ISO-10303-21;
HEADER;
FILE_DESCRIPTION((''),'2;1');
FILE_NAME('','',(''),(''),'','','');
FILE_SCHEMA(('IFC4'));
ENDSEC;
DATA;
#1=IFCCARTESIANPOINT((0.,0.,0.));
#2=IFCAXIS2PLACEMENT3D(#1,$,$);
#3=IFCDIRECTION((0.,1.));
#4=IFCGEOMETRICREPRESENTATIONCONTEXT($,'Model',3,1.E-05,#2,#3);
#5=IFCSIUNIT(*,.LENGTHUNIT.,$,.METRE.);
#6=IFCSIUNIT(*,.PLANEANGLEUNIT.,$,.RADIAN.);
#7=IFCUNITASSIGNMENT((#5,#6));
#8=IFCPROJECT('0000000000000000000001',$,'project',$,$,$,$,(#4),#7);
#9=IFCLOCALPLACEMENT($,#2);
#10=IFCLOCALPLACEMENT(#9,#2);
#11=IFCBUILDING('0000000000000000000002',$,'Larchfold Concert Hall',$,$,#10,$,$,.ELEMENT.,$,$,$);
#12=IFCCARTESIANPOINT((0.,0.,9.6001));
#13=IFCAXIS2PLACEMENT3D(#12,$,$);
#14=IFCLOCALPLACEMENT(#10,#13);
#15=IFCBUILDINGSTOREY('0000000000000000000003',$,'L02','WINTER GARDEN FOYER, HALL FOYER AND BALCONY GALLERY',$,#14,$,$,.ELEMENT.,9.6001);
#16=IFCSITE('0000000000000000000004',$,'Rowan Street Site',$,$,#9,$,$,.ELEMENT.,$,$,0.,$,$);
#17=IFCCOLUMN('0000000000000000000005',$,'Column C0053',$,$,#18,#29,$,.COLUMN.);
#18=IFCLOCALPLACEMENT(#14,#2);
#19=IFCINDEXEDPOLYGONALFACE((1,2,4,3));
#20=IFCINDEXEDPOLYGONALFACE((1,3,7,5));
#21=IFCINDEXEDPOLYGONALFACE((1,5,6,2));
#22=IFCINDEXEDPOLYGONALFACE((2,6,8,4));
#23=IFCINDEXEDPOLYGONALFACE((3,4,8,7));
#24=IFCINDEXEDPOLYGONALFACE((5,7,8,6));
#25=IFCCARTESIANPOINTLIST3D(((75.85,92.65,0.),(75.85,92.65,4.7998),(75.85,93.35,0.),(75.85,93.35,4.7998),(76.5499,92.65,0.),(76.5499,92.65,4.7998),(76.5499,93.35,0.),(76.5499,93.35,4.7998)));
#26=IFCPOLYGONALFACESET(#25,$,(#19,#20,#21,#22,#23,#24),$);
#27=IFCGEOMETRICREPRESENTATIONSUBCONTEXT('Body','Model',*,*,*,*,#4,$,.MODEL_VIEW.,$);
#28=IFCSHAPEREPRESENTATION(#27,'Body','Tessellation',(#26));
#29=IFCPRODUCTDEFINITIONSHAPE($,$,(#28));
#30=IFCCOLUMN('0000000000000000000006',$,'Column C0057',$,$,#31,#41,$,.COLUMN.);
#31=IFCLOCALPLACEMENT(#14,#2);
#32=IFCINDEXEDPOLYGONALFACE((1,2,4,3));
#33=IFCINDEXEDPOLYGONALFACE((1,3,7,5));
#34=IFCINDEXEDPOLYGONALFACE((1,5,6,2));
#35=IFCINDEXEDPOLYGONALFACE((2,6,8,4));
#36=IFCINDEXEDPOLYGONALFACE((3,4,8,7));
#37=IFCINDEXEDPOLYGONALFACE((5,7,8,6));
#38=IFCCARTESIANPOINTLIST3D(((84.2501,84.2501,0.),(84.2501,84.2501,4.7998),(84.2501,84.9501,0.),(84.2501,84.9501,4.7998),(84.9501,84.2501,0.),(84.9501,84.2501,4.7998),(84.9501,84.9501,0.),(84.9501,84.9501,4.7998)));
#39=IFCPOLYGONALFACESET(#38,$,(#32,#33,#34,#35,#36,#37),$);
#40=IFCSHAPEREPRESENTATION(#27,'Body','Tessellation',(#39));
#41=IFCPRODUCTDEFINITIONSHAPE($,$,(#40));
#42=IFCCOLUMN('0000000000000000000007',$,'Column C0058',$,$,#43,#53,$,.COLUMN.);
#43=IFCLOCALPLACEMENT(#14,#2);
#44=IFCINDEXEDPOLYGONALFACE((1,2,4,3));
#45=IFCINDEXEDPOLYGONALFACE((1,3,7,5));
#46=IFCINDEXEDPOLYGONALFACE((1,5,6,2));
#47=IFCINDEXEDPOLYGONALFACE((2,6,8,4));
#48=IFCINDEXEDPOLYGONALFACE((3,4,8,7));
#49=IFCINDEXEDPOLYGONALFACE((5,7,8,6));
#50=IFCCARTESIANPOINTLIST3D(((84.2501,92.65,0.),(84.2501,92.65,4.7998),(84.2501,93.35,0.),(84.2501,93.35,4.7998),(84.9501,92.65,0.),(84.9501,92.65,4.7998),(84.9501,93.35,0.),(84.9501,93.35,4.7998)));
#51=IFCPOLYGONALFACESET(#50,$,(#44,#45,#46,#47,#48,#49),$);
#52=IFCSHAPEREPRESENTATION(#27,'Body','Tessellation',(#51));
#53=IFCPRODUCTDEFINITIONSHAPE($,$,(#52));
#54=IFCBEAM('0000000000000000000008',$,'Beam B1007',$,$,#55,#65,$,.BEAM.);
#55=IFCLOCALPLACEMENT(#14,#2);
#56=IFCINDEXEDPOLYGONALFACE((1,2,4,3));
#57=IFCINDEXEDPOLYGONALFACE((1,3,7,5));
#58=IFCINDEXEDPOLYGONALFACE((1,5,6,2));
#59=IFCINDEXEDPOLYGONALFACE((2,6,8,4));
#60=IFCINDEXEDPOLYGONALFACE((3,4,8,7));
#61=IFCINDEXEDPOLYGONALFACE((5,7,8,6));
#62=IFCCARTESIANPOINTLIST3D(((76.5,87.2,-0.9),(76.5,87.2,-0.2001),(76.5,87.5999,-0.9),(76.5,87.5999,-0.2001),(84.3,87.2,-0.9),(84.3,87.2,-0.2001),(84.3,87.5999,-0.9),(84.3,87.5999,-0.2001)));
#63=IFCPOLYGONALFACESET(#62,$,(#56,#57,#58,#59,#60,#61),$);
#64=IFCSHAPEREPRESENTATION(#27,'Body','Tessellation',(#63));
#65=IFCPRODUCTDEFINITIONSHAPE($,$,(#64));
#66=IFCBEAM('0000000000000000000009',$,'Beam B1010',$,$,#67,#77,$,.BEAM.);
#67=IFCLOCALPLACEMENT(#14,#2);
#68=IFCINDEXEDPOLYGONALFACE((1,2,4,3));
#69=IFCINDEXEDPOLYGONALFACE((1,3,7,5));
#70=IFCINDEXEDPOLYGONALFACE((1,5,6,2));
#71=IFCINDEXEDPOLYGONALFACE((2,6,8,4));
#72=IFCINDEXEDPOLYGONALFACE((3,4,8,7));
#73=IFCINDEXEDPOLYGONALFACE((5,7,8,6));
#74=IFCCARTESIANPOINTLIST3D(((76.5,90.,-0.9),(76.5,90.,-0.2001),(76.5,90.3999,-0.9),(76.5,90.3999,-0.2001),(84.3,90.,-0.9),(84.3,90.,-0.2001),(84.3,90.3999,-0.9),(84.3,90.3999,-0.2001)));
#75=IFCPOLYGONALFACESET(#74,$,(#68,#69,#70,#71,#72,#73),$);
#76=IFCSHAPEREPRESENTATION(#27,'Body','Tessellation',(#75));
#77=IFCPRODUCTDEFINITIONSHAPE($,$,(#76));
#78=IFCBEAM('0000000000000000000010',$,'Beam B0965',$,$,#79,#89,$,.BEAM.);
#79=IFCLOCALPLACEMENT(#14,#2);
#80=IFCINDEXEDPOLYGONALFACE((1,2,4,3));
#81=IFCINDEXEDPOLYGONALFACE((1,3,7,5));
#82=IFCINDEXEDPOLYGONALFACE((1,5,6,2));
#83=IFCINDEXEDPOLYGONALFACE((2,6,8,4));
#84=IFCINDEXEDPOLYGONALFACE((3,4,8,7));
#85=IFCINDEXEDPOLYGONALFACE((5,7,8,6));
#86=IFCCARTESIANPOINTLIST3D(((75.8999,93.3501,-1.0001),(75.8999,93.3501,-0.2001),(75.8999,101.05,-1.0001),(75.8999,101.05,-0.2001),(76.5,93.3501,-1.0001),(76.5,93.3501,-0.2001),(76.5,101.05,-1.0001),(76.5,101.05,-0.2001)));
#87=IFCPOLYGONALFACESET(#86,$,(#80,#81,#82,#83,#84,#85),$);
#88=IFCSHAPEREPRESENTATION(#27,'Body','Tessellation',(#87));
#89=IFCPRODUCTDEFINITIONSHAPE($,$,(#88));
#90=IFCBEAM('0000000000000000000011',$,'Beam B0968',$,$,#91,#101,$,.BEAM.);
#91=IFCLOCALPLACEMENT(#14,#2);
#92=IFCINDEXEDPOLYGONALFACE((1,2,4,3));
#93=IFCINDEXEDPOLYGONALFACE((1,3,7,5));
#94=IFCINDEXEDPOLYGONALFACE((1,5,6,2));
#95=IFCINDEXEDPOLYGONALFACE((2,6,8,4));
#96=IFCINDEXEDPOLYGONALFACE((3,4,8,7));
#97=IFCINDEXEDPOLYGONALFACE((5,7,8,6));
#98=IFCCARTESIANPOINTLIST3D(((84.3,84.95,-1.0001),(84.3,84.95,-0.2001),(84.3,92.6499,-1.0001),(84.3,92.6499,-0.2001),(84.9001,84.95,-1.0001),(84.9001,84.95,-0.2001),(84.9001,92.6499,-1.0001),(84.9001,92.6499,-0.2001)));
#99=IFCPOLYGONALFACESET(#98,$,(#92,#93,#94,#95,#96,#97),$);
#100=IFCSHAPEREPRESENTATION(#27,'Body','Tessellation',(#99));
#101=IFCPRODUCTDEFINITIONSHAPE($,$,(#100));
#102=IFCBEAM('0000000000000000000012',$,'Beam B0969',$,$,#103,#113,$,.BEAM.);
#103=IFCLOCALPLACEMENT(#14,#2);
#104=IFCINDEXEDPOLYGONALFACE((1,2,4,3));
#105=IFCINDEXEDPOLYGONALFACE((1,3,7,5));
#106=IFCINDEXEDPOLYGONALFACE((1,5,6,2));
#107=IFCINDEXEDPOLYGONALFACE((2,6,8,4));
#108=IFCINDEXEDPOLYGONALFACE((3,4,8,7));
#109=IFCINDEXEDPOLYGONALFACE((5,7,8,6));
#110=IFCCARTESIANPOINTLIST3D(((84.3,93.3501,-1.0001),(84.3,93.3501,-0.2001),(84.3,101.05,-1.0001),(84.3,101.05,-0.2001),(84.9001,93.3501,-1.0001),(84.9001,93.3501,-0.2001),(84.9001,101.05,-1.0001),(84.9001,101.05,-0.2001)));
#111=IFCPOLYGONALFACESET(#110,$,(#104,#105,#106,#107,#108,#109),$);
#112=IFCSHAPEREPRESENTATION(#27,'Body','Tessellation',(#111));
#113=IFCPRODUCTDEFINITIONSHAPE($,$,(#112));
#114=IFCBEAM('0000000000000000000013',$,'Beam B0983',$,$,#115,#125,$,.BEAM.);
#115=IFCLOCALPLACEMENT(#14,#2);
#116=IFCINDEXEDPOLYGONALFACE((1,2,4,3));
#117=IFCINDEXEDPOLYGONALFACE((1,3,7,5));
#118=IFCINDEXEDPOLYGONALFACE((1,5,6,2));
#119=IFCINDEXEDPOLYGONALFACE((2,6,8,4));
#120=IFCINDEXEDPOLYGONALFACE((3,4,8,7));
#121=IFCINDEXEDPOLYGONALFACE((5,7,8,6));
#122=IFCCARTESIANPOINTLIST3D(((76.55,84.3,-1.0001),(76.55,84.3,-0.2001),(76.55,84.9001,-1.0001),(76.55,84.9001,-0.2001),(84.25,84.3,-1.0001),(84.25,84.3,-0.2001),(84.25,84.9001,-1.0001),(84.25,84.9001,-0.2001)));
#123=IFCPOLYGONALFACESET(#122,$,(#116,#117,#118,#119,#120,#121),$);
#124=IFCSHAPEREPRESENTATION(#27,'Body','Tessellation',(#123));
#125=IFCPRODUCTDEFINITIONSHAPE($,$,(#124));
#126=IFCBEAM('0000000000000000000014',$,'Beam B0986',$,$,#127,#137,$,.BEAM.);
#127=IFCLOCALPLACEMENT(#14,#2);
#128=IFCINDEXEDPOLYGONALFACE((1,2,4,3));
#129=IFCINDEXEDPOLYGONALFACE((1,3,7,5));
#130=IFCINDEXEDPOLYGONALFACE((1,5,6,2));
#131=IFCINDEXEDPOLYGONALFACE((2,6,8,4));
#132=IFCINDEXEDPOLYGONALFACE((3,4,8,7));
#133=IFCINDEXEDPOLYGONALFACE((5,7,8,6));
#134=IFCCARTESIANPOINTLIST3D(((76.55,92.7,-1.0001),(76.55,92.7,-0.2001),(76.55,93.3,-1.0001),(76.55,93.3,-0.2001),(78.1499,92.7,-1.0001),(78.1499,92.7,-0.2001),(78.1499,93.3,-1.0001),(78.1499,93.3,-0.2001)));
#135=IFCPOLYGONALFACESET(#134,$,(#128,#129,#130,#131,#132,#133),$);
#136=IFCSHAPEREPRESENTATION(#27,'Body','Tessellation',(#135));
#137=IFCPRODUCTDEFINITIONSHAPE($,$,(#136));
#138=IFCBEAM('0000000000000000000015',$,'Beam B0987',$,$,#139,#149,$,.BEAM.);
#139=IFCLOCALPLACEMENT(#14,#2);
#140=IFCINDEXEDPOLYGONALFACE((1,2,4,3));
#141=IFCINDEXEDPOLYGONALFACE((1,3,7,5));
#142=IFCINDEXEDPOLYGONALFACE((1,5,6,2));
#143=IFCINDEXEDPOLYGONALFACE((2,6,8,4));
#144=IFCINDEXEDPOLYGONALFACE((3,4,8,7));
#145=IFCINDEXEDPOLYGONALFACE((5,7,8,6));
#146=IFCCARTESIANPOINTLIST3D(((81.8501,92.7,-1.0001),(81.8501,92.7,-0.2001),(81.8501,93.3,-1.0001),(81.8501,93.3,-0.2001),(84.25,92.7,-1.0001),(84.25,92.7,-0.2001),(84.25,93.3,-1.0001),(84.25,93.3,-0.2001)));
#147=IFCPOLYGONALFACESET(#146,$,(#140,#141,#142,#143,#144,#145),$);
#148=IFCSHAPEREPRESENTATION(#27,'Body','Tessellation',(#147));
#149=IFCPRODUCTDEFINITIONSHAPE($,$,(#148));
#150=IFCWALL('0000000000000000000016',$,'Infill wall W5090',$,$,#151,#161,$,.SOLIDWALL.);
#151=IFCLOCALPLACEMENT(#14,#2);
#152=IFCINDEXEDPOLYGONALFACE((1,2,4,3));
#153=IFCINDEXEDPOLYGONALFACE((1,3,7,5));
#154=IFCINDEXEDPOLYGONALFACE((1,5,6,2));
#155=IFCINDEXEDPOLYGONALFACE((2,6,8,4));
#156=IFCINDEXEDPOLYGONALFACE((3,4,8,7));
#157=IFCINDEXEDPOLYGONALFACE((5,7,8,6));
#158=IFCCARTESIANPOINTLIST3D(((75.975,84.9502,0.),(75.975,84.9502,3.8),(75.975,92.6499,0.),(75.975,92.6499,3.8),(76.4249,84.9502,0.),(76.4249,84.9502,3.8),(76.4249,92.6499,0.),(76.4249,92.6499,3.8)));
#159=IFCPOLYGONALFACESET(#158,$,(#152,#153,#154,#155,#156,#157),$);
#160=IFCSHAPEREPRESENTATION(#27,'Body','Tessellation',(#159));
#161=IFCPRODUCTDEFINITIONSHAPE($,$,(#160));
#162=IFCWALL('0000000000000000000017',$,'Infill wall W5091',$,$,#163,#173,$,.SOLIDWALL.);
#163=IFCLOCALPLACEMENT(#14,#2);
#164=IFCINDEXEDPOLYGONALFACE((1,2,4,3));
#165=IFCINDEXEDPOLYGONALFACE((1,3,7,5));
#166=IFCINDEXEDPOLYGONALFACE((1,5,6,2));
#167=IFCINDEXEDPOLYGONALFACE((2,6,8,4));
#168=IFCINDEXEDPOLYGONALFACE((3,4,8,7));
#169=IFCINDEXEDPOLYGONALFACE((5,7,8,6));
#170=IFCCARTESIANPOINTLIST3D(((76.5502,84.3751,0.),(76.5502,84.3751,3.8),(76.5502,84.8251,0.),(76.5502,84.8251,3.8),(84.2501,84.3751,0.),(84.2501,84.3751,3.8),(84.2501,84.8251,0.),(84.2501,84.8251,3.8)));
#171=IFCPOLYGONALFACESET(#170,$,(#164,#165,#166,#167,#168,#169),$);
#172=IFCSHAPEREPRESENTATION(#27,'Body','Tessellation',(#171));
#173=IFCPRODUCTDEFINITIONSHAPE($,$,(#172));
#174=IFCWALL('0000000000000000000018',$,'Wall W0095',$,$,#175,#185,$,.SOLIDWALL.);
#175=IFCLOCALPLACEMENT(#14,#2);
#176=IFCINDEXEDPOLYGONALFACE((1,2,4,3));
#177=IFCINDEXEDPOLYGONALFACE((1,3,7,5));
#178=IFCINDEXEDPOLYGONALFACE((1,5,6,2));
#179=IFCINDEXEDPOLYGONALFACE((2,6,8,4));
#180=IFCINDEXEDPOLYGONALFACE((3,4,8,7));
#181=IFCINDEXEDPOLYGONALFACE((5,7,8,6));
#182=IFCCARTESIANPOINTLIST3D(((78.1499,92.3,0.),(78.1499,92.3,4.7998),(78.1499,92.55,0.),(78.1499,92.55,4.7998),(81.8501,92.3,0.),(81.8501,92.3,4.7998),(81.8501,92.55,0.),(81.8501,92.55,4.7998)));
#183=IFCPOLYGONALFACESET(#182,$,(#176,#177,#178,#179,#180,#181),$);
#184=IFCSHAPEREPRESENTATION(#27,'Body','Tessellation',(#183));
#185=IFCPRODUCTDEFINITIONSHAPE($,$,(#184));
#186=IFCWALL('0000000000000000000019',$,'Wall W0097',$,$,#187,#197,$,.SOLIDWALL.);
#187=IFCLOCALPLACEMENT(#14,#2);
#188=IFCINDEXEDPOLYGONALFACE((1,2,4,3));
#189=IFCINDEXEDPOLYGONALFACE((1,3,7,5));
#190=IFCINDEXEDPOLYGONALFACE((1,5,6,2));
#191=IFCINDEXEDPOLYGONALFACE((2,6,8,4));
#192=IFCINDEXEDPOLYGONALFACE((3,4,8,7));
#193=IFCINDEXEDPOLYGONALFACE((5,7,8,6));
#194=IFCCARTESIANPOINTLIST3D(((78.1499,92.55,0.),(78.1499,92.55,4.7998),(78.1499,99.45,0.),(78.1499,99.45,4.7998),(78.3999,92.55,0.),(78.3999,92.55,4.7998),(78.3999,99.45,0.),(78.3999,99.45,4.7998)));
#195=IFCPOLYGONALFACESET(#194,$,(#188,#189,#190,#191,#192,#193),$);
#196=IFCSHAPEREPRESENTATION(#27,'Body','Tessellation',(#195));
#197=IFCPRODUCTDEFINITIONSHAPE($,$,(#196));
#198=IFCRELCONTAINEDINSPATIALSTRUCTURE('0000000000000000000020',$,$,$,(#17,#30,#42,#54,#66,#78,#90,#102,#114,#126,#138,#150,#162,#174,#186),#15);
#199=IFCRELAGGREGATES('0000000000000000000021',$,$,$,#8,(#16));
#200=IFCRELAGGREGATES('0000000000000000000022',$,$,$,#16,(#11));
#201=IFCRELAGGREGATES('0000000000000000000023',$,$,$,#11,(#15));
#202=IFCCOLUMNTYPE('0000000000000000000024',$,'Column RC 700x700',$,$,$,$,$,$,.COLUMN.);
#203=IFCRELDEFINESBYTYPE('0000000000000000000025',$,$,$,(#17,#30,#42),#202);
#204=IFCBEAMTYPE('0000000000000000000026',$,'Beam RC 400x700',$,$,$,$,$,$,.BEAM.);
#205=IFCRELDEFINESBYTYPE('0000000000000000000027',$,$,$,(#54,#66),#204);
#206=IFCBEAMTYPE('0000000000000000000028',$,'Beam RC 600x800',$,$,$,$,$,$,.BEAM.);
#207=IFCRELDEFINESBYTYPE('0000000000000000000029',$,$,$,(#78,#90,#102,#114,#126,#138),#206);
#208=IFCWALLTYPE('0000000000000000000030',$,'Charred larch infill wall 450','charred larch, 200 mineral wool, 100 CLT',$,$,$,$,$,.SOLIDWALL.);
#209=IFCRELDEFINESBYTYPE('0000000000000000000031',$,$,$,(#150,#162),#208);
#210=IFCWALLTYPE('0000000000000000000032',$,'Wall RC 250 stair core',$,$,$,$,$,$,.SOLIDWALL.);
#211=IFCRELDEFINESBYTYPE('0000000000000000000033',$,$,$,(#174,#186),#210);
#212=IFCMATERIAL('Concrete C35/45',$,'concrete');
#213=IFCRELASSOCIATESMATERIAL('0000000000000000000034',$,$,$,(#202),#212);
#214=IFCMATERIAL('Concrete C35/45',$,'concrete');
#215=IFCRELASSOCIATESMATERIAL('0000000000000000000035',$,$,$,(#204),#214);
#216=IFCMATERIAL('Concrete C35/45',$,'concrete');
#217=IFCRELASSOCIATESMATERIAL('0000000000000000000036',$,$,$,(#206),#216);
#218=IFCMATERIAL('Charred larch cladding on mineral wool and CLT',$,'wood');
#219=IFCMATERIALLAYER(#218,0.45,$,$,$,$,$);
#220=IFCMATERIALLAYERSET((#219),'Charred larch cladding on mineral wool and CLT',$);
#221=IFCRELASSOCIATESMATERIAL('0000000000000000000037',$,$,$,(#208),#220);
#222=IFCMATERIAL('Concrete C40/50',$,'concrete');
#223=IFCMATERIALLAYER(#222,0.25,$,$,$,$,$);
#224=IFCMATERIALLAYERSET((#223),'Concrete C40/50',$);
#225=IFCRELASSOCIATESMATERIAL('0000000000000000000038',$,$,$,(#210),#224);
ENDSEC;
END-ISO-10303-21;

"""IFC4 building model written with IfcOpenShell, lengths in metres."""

from ifc_helpers import new_model, si_unit, direction, frame, frame_2d, origin, origin_2d, place, context, subcontext, project, spatial, rectangle, extrude, material, layer, layer_set, material_profile, profile_set, type_object, element, save


model = new_model("IFC4")

# Units and contexts
model_context = context("Model", 3, precision=1e-05, world=origin(), true_north=direction((0.0, 1.0)))
body_context = subcontext(model_context, "Body", "Model", "MODEL_VIEW")
ifc_project = project(units=[si_unit("LENGTHUNIT", "METRE"), si_unit("PLANEANGLEUNIT", "RADIAN")], contexts=[model_context])

# Site, building, storey
site_placement = place(None, origin())
site = spatial("IfcSite", under=ifc_project, at=site_placement, Name="Rowan Street Site", CompositionType="ELEMENT", RefElevation=0.0)
building_placement = place(site_placement, origin())
building = spatial("IfcBuilding", under=site, at=building_placement, Name="Larchfold Concert Hall", CompositionType="ELEMENT")
storey_placement = place(building_placement, frame((0.0, 0.0, 9.6001)))
storey = spatial("IfcBuildingStorey", under=building, at=storey_placement, Name="L02", Description="WINTER GARDEN FOYER, HALL FOYER AND BALCONY GALLERY", CompositionType="ELEMENT", Elevation=9.6001)

# Columns
ifc_material_1 = material(Name="Concrete C35/45", Category="concrete")
ifc_material_profile_1 = material_profile(ifc_material_1, rectangle(XDim=0.7, YDim=0.7, at=origin_2d()))
ifc_profile_set_1 = profile_set([ifc_material_profile_1], Name="Concrete C35/45")
column_type = type_object("IfcColumnType", Name="Column RC 700x700", PredefinedType="COLUMN", material=ifc_profile_set_1)
for number, where, z_axis, x_axis, name in (
    (1, (76.2, 93.0, 0.0), (0.0, 0.0, 1.0), (1.0, 0.0, 0.0), "Column C0053"),
    (2, (84.6001, 84.6001, 0.0), (0.0, 0.0, 1.0), (1.0, 0.0, 0.0), "Column C0057"),
    (3, (84.6001, 93.0, 0.0), (0.0, 0.0, 1.0), (1.0, 0.0, 0.0), "Column C0058"),
):
    element("IfcColumn", number, at=place(storey_placement, frame(where, z_axis=z_axis, x_axis=x_axis)), inside=storey, type_object=column_type, Name=name, PredefinedType="COLUMN", context=body_context, shape_type="SweptSolid", body=[
        extrude(rectangle(XDim=0.7, YDim=0.7, at=origin_2d()), origin(), (0.0, 0.0, 1.0), 4.7998),
    ])

# Beams
ifc_material_2 = material(Name="Concrete C35/45", Category="concrete")
ifc_material_profile_2 = material_profile(ifc_material_2, rectangle(XDim=0.3999, YDim=0.7, at=origin_2d()))
ifc_profile_set_2 = profile_set([ifc_material_profile_2], Name="Concrete C35/45")
beam_type_1 = type_object("IfcBeamType", Name="Beam RC 400x700", PredefinedType="BEAM", material=ifc_profile_set_2)
for number, where, z_axis, x_axis, name in (
    (4, (76.5, 87.3999, -0.55), (1.0, 0.0, 0.0), (0.0, 1.0, 0.0), "Beam B1007"),
    (5, (76.5, 90.2, -0.55), (1.0, 0.0, 0.0), (0.0, 1.0, 0.0), "Beam B1010"),
):
    element("IfcBeam", number, at=place(storey_placement, frame(where, z_axis=z_axis, x_axis=x_axis)), inside=storey, type_object=beam_type_1, Name=name, PredefinedType="BEAM", context=body_context, shape_type="SweptSolid", body=[
        extrude(rectangle(XDim=0.3999, YDim=0.7, at=origin_2d()), origin(), (0.0, 0.0, 1.0), 7.8),
    ])
ifc_material_3 = material(Name="Concrete C35/45", Category="concrete")
ifc_material_profile_3 = material_profile(ifc_material_3, rectangle(XDim=0.6001, YDim=0.8, at=origin_2d()))
ifc_profile_set_3 = profile_set([ifc_material_profile_3], Name="Concrete C35/45")
beam_type_2 = type_object("IfcBeamType", Name="Beam RC 600x800", PredefinedType="BEAM", material=ifc_profile_set_3)
for number, where, z_axis, x_axis, name in (
    (6, (76.2, 93.3501, -0.6001), (0.0, 1.0, 0.0), (-1.0, 0.0, 0.0), "Beam B0965"),
    (7, (84.6001, 84.95, -0.6001), (0.0, 1.0, 0.0), (-1.0, 0.0, 0.0), "Beam B0968"),
    (8, (84.6001, 93.3501, -0.6001), (0.0, 1.0, 0.0), (-1.0, 0.0, 0.0), "Beam B0969"),
    (9, (76.55, 84.6001, -0.6001), (1.0, 0.0, 0.0), (0.0, 1.0, 0.0), "Beam B0983"),
):
    element("IfcBeam", number, at=place(storey_placement, frame(where, z_axis=z_axis, x_axis=x_axis)), inside=storey, type_object=beam_type_2, Name=name, PredefinedType="BEAM", context=body_context, shape_type="SweptSolid", body=[
        extrude(rectangle(XDim=0.6001, YDim=0.8, at=origin_2d()), origin(), (0.0, 0.0, 1.0), 7.7),
    ])
beam_1_placement = place(storey_placement, frame((76.55, 93.0, -0.6001), z_axis=(1.0, 0.0, 0.0), x_axis=(0.0, 1.0, 0.0)))
element("IfcBeam", 10, at=beam_1_placement, inside=storey, type_object=beam_type_2, Name="Beam B0986", PredefinedType="BEAM", context=body_context, shape_type="SweptSolid", body=[
    extrude(rectangle(XDim=0.6001, YDim=0.8, at=origin_2d()), origin(), (0.0, 0.0, 1.0), 1.5999),
])
beam_2_placement = place(storey_placement, frame((81.8501, 93.0, -0.6001), z_axis=(1.0, 0.0, 0.0), x_axis=(0.0, 1.0, 0.0)))
element("IfcBeam", 11, at=beam_2_placement, inside=storey, type_object=beam_type_2, Name="Beam B0987", PredefinedType="BEAM", context=body_context, shape_type="SweptSolid", body=[
    extrude(rectangle(XDim=0.6001, YDim=0.8, at=origin_2d()), origin(), (0.0, 0.0, 1.0), 2.3999),
])

# Walls
ifc_material_4 = material(Name="Charred larch cladding on mineral wool and CLT", Category="wood")
ifc_layer_1 = layer(ifc_material_4, 0.45)
ifc_layer_set_1 = layer_set([ifc_layer_1], Name="Charred larch cladding on mineral wool and CLT")
wall_type_1 = type_object("IfcWallType", Name="Charred larch infill wall 450", Description="charred larch, 200 mineral wool, 100 CLT", PredefinedType="SOLIDWALL", material=ifc_layer_set_1)
wall_1_placement = place(storey_placement, frame((76.2, 92.6499, 0.0), z_axis=(0.0, 0.0, 1.0), x_axis=(0.0, -1.0, 0.0)))
element("IfcWall", 12, at=wall_1_placement, inside=storey, type_object=wall_type_1, Name="Infill wall W5090", PredefinedType="SOLIDWALL", context=body_context, shape_type="SweptSolid", body=[
    extrude(rectangle(XDim=7.6997, YDim=0.45, at=frame_2d((3.8499, 0.0))), origin(), (0.0, 0.0, 1.0), 3.8),
])
wall_2_placement = place(storey_placement, frame((76.55, 84.6001, 0.0), z_axis=(0.0, 0.0, 1.0), x_axis=(1.0, 0.0, 0.0)))
element("IfcWall", 13, at=wall_2_placement, inside=storey, type_object=wall_type_1, Name="Infill wall W5091", PredefinedType="SOLIDWALL", context=body_context, shape_type="SweptSolid", body=[
    extrude(rectangle(XDim=7.7, YDim=0.45, at=frame_2d((3.8501, 0.0))), origin(), (0.0, 0.0, 1.0), 3.8),
])

# Walls
ifc_material_5 = material(Name="Concrete C40/50", Category="concrete")
ifc_layer_2 = layer(ifc_material_5, 0.25)
ifc_layer_set_2 = layer_set([ifc_layer_2], Name="Concrete C40/50")
wall_type_2 = type_object("IfcWallType", Name="Wall RC 250 stair core", PredefinedType="SOLIDWALL", material=ifc_layer_set_2)
wall_3_placement = place(storey_placement, frame((78.1499, 92.425, 0.0), z_axis=(0.0, 0.0, 1.0), x_axis=(1.0, 0.0, 0.0)))
element("IfcWall", 14, at=wall_3_placement, inside=storey, type_object=wall_type_2, Name="Wall W0095", PredefinedType="SOLIDWALL", context=body_context, shape_type="SweptSolid", body=[
    extrude(rectangle(XDim=3.7002, YDim=0.25, at=frame_2d((1.8501, 0.0))), origin(), (0.0, 0.0, 1.0), 4.7998),
])
wall_4_placement = place(storey_placement, frame((78.2749, 92.55, 0.0), z_axis=(0.0, 0.0, 1.0), x_axis=(0.0, 1.0, 0.0)))
element("IfcWall", 15, at=wall_4_placement, inside=storey, type_object=wall_type_2, Name="Wall W0097", PredefinedType="SOLIDWALL", context=body_context, shape_type="SweptSolid", body=[
    extrude(rectangle(XDim=6.8999, YDim=0.25, at=frame_2d((3.45, 0.0))), origin(), (0.0, 0.0, 1.0), 4.7998),
])

save(model, "model.ifc")
